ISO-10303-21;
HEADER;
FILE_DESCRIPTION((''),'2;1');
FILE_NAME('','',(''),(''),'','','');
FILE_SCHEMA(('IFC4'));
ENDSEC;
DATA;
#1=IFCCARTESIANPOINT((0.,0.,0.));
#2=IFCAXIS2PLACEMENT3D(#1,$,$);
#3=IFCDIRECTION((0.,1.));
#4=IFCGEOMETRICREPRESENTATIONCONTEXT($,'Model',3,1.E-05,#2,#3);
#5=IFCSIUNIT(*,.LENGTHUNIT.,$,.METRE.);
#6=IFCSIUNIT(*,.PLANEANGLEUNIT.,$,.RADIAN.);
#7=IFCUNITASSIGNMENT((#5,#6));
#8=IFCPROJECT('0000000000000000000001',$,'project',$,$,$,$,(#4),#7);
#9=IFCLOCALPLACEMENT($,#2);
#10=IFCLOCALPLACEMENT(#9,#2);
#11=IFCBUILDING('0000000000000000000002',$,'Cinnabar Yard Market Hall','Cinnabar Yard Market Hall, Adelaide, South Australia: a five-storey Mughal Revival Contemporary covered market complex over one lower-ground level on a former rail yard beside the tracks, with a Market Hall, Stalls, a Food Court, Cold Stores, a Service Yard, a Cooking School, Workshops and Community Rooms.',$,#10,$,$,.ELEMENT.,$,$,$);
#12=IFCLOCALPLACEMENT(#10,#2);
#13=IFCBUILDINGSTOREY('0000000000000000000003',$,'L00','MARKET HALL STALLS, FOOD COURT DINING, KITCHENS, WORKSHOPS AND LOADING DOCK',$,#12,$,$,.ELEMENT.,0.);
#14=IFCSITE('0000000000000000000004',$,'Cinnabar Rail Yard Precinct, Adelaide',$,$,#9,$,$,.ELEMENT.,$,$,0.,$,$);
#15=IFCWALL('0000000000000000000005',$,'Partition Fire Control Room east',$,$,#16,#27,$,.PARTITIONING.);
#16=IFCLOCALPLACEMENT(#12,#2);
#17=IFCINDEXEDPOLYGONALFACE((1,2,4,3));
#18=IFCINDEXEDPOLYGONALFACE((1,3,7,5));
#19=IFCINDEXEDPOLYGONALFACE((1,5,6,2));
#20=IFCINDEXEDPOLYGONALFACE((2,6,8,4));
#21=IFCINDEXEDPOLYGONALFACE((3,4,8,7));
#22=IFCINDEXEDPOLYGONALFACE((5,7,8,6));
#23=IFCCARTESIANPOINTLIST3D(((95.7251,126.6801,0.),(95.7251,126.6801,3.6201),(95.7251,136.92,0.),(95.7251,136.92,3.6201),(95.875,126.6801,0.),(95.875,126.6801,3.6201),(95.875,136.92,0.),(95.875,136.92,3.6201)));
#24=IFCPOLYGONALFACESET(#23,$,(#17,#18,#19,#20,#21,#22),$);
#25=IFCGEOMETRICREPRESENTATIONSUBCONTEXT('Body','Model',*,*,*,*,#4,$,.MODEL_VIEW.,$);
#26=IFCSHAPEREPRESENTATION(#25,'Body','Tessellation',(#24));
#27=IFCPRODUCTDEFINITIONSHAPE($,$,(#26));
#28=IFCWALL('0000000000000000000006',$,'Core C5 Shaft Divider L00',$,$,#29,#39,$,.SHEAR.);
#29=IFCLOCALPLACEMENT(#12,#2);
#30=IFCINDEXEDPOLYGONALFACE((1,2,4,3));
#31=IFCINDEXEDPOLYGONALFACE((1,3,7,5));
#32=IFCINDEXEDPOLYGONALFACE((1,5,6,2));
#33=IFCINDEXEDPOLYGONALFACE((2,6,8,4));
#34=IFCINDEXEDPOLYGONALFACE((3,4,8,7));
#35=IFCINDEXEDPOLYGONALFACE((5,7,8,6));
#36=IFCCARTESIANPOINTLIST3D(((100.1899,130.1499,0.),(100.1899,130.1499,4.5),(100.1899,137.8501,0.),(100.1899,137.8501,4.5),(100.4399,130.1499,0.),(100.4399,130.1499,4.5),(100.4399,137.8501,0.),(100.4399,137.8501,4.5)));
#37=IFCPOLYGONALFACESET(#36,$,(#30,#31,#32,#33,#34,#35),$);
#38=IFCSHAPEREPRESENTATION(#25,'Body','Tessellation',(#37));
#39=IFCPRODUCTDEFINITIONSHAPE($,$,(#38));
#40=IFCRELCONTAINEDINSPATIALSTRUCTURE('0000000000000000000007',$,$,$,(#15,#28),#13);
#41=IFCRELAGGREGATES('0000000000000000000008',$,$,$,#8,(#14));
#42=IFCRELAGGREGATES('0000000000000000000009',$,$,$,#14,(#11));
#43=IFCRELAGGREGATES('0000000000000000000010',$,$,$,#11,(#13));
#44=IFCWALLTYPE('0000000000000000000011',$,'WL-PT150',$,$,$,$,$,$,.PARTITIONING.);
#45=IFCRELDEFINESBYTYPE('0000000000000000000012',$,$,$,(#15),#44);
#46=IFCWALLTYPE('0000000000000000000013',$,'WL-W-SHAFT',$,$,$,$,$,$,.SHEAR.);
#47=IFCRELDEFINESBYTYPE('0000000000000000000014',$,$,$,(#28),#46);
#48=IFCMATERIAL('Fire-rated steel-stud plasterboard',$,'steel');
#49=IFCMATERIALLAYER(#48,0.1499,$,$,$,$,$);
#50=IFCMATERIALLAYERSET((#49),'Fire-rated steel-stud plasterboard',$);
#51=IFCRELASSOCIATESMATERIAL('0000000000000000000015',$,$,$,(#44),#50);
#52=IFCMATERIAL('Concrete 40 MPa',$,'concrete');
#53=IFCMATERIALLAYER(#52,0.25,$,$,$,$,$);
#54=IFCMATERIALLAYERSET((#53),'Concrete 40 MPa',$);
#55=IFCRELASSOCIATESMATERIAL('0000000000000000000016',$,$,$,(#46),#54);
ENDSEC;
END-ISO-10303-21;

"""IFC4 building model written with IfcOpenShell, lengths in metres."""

from ifc_helpers import new_model, si_unit, direction, frame, frame_2d, origin, place, context, subcontext, project, spatial, rectangle, extrude, material, layer, layer_set, type_object, element, save


model = new_model("IFC4")

# Units and contexts
model_context = context("Model", 3, precision=1e-05, world=origin(), true_north=direction((0.0, 1.0)))
body_context = subcontext(model_context, "Body", "Model", "MODEL_VIEW")
ifc_project = project(units=[si_unit("LENGTHUNIT", "METRE"), si_unit("PLANEANGLEUNIT", "RADIAN")], contexts=[model_context])

# Site, building, storey
site_placement = place(None, origin())
site = spatial("IfcSite", under=ifc_project, at=site_placement, Name="Cinnabar Rail Yard Precinct, Adelaide", CompositionType="ELEMENT", RefElevation=0.0)
building_placement = place(site_placement, origin())
building = spatial("IfcBuilding", under=site, at=building_placement, Name="Cinnabar Yard Market Hall", Description="Cinnabar Yard Market Hall, Adelaide, South Australia: a five-storey Mughal Revival Contemporary covered market complex over one lower-ground level on a former rail yard beside the tracks, with a Market Hall, Stalls, a Food Court, Cold Stores, a Service Yard, a Cooking School, Workshops and Community Rooms.", CompositionType="ELEMENT")
storey_placement = place(building_placement, origin())
storey = spatial("IfcBuildingStorey", under=building, at=storey_placement, Name="L00", Description="MARKET HALL STALLS, FOOD COURT DINING, KITCHENS, WORKSHOPS AND LOADING DOCK", CompositionType="ELEMENT", Elevation=0.0)

# Wall
ifc_material_1 = material(Name="Fire-rated steel-stud plasterboard", Category="steel")
ifc_layer_1 = layer(ifc_material_1, 0.1499)
ifc_layer_set_1 = layer_set([ifc_layer_1], Name="Fire-rated steel-stud plasterboard")
wall_type_1 = type_object("IfcWallType", Name="WL-PT150", PredefinedType="PARTITIONING", material=ifc_layer_set_1)
wall_1_placement = place(storey_placement, frame((95.8, 126.6799, 0.0), z_axis=(0.0, 0.0, 1.0), x_axis=(0.0, 1.0, 0.0)))
element("IfcWall", 1, at=wall_1_placement, inside=storey, type_object=wall_type_1, Name="Partition Fire Control Room east", PredefinedType="PARTITIONING", context=body_context, shape_type="SweptSolid", body=[
    extrude(rectangle(XDim=10.24, YDim=0.1499, at=frame_2d((5.1201, 0.0), x_axis=(1.0, 0.0))), origin(), (0.0, 0.0, 1.0), 3.6201),
])

# Shared definitions
ifc_material_2 = material(Name="Concrete 40 MPa", Category="concrete")

# Wall
ifc_layer_2 = layer(ifc_material_2, 0.25)
ifc_layer_set_2 = layer_set([ifc_layer_2], Name="Concrete 40 MPa")
wall_type_2 = type_object("IfcWallType", Name="WL-W-SHAFT", PredefinedType="SHEAR", material=ifc_layer_set_2)
wall_2_placement = place(storey_placement, frame((100.3149, 130.1499, 0.0), z_axis=(0.0, 0.0, 1.0), x_axis=(0.0, 1.0, 0.0)))
element("IfcWall", 2, at=wall_2_placement, inside=storey, type_object=wall_type_2, Name="Core C5 Shaft Divider L00", PredefinedType="SHEAR", context=body_context, shape_type="SweptSolid", body=[
    extrude(rectangle(XDim=7.7002, YDim=0.25, at=frame_2d((3.8501, 0.0), x_axis=(1.0, 0.0))), origin(), (0.0, 0.0, 1.0), 4.5),
])

save(model, "model.ifc")
